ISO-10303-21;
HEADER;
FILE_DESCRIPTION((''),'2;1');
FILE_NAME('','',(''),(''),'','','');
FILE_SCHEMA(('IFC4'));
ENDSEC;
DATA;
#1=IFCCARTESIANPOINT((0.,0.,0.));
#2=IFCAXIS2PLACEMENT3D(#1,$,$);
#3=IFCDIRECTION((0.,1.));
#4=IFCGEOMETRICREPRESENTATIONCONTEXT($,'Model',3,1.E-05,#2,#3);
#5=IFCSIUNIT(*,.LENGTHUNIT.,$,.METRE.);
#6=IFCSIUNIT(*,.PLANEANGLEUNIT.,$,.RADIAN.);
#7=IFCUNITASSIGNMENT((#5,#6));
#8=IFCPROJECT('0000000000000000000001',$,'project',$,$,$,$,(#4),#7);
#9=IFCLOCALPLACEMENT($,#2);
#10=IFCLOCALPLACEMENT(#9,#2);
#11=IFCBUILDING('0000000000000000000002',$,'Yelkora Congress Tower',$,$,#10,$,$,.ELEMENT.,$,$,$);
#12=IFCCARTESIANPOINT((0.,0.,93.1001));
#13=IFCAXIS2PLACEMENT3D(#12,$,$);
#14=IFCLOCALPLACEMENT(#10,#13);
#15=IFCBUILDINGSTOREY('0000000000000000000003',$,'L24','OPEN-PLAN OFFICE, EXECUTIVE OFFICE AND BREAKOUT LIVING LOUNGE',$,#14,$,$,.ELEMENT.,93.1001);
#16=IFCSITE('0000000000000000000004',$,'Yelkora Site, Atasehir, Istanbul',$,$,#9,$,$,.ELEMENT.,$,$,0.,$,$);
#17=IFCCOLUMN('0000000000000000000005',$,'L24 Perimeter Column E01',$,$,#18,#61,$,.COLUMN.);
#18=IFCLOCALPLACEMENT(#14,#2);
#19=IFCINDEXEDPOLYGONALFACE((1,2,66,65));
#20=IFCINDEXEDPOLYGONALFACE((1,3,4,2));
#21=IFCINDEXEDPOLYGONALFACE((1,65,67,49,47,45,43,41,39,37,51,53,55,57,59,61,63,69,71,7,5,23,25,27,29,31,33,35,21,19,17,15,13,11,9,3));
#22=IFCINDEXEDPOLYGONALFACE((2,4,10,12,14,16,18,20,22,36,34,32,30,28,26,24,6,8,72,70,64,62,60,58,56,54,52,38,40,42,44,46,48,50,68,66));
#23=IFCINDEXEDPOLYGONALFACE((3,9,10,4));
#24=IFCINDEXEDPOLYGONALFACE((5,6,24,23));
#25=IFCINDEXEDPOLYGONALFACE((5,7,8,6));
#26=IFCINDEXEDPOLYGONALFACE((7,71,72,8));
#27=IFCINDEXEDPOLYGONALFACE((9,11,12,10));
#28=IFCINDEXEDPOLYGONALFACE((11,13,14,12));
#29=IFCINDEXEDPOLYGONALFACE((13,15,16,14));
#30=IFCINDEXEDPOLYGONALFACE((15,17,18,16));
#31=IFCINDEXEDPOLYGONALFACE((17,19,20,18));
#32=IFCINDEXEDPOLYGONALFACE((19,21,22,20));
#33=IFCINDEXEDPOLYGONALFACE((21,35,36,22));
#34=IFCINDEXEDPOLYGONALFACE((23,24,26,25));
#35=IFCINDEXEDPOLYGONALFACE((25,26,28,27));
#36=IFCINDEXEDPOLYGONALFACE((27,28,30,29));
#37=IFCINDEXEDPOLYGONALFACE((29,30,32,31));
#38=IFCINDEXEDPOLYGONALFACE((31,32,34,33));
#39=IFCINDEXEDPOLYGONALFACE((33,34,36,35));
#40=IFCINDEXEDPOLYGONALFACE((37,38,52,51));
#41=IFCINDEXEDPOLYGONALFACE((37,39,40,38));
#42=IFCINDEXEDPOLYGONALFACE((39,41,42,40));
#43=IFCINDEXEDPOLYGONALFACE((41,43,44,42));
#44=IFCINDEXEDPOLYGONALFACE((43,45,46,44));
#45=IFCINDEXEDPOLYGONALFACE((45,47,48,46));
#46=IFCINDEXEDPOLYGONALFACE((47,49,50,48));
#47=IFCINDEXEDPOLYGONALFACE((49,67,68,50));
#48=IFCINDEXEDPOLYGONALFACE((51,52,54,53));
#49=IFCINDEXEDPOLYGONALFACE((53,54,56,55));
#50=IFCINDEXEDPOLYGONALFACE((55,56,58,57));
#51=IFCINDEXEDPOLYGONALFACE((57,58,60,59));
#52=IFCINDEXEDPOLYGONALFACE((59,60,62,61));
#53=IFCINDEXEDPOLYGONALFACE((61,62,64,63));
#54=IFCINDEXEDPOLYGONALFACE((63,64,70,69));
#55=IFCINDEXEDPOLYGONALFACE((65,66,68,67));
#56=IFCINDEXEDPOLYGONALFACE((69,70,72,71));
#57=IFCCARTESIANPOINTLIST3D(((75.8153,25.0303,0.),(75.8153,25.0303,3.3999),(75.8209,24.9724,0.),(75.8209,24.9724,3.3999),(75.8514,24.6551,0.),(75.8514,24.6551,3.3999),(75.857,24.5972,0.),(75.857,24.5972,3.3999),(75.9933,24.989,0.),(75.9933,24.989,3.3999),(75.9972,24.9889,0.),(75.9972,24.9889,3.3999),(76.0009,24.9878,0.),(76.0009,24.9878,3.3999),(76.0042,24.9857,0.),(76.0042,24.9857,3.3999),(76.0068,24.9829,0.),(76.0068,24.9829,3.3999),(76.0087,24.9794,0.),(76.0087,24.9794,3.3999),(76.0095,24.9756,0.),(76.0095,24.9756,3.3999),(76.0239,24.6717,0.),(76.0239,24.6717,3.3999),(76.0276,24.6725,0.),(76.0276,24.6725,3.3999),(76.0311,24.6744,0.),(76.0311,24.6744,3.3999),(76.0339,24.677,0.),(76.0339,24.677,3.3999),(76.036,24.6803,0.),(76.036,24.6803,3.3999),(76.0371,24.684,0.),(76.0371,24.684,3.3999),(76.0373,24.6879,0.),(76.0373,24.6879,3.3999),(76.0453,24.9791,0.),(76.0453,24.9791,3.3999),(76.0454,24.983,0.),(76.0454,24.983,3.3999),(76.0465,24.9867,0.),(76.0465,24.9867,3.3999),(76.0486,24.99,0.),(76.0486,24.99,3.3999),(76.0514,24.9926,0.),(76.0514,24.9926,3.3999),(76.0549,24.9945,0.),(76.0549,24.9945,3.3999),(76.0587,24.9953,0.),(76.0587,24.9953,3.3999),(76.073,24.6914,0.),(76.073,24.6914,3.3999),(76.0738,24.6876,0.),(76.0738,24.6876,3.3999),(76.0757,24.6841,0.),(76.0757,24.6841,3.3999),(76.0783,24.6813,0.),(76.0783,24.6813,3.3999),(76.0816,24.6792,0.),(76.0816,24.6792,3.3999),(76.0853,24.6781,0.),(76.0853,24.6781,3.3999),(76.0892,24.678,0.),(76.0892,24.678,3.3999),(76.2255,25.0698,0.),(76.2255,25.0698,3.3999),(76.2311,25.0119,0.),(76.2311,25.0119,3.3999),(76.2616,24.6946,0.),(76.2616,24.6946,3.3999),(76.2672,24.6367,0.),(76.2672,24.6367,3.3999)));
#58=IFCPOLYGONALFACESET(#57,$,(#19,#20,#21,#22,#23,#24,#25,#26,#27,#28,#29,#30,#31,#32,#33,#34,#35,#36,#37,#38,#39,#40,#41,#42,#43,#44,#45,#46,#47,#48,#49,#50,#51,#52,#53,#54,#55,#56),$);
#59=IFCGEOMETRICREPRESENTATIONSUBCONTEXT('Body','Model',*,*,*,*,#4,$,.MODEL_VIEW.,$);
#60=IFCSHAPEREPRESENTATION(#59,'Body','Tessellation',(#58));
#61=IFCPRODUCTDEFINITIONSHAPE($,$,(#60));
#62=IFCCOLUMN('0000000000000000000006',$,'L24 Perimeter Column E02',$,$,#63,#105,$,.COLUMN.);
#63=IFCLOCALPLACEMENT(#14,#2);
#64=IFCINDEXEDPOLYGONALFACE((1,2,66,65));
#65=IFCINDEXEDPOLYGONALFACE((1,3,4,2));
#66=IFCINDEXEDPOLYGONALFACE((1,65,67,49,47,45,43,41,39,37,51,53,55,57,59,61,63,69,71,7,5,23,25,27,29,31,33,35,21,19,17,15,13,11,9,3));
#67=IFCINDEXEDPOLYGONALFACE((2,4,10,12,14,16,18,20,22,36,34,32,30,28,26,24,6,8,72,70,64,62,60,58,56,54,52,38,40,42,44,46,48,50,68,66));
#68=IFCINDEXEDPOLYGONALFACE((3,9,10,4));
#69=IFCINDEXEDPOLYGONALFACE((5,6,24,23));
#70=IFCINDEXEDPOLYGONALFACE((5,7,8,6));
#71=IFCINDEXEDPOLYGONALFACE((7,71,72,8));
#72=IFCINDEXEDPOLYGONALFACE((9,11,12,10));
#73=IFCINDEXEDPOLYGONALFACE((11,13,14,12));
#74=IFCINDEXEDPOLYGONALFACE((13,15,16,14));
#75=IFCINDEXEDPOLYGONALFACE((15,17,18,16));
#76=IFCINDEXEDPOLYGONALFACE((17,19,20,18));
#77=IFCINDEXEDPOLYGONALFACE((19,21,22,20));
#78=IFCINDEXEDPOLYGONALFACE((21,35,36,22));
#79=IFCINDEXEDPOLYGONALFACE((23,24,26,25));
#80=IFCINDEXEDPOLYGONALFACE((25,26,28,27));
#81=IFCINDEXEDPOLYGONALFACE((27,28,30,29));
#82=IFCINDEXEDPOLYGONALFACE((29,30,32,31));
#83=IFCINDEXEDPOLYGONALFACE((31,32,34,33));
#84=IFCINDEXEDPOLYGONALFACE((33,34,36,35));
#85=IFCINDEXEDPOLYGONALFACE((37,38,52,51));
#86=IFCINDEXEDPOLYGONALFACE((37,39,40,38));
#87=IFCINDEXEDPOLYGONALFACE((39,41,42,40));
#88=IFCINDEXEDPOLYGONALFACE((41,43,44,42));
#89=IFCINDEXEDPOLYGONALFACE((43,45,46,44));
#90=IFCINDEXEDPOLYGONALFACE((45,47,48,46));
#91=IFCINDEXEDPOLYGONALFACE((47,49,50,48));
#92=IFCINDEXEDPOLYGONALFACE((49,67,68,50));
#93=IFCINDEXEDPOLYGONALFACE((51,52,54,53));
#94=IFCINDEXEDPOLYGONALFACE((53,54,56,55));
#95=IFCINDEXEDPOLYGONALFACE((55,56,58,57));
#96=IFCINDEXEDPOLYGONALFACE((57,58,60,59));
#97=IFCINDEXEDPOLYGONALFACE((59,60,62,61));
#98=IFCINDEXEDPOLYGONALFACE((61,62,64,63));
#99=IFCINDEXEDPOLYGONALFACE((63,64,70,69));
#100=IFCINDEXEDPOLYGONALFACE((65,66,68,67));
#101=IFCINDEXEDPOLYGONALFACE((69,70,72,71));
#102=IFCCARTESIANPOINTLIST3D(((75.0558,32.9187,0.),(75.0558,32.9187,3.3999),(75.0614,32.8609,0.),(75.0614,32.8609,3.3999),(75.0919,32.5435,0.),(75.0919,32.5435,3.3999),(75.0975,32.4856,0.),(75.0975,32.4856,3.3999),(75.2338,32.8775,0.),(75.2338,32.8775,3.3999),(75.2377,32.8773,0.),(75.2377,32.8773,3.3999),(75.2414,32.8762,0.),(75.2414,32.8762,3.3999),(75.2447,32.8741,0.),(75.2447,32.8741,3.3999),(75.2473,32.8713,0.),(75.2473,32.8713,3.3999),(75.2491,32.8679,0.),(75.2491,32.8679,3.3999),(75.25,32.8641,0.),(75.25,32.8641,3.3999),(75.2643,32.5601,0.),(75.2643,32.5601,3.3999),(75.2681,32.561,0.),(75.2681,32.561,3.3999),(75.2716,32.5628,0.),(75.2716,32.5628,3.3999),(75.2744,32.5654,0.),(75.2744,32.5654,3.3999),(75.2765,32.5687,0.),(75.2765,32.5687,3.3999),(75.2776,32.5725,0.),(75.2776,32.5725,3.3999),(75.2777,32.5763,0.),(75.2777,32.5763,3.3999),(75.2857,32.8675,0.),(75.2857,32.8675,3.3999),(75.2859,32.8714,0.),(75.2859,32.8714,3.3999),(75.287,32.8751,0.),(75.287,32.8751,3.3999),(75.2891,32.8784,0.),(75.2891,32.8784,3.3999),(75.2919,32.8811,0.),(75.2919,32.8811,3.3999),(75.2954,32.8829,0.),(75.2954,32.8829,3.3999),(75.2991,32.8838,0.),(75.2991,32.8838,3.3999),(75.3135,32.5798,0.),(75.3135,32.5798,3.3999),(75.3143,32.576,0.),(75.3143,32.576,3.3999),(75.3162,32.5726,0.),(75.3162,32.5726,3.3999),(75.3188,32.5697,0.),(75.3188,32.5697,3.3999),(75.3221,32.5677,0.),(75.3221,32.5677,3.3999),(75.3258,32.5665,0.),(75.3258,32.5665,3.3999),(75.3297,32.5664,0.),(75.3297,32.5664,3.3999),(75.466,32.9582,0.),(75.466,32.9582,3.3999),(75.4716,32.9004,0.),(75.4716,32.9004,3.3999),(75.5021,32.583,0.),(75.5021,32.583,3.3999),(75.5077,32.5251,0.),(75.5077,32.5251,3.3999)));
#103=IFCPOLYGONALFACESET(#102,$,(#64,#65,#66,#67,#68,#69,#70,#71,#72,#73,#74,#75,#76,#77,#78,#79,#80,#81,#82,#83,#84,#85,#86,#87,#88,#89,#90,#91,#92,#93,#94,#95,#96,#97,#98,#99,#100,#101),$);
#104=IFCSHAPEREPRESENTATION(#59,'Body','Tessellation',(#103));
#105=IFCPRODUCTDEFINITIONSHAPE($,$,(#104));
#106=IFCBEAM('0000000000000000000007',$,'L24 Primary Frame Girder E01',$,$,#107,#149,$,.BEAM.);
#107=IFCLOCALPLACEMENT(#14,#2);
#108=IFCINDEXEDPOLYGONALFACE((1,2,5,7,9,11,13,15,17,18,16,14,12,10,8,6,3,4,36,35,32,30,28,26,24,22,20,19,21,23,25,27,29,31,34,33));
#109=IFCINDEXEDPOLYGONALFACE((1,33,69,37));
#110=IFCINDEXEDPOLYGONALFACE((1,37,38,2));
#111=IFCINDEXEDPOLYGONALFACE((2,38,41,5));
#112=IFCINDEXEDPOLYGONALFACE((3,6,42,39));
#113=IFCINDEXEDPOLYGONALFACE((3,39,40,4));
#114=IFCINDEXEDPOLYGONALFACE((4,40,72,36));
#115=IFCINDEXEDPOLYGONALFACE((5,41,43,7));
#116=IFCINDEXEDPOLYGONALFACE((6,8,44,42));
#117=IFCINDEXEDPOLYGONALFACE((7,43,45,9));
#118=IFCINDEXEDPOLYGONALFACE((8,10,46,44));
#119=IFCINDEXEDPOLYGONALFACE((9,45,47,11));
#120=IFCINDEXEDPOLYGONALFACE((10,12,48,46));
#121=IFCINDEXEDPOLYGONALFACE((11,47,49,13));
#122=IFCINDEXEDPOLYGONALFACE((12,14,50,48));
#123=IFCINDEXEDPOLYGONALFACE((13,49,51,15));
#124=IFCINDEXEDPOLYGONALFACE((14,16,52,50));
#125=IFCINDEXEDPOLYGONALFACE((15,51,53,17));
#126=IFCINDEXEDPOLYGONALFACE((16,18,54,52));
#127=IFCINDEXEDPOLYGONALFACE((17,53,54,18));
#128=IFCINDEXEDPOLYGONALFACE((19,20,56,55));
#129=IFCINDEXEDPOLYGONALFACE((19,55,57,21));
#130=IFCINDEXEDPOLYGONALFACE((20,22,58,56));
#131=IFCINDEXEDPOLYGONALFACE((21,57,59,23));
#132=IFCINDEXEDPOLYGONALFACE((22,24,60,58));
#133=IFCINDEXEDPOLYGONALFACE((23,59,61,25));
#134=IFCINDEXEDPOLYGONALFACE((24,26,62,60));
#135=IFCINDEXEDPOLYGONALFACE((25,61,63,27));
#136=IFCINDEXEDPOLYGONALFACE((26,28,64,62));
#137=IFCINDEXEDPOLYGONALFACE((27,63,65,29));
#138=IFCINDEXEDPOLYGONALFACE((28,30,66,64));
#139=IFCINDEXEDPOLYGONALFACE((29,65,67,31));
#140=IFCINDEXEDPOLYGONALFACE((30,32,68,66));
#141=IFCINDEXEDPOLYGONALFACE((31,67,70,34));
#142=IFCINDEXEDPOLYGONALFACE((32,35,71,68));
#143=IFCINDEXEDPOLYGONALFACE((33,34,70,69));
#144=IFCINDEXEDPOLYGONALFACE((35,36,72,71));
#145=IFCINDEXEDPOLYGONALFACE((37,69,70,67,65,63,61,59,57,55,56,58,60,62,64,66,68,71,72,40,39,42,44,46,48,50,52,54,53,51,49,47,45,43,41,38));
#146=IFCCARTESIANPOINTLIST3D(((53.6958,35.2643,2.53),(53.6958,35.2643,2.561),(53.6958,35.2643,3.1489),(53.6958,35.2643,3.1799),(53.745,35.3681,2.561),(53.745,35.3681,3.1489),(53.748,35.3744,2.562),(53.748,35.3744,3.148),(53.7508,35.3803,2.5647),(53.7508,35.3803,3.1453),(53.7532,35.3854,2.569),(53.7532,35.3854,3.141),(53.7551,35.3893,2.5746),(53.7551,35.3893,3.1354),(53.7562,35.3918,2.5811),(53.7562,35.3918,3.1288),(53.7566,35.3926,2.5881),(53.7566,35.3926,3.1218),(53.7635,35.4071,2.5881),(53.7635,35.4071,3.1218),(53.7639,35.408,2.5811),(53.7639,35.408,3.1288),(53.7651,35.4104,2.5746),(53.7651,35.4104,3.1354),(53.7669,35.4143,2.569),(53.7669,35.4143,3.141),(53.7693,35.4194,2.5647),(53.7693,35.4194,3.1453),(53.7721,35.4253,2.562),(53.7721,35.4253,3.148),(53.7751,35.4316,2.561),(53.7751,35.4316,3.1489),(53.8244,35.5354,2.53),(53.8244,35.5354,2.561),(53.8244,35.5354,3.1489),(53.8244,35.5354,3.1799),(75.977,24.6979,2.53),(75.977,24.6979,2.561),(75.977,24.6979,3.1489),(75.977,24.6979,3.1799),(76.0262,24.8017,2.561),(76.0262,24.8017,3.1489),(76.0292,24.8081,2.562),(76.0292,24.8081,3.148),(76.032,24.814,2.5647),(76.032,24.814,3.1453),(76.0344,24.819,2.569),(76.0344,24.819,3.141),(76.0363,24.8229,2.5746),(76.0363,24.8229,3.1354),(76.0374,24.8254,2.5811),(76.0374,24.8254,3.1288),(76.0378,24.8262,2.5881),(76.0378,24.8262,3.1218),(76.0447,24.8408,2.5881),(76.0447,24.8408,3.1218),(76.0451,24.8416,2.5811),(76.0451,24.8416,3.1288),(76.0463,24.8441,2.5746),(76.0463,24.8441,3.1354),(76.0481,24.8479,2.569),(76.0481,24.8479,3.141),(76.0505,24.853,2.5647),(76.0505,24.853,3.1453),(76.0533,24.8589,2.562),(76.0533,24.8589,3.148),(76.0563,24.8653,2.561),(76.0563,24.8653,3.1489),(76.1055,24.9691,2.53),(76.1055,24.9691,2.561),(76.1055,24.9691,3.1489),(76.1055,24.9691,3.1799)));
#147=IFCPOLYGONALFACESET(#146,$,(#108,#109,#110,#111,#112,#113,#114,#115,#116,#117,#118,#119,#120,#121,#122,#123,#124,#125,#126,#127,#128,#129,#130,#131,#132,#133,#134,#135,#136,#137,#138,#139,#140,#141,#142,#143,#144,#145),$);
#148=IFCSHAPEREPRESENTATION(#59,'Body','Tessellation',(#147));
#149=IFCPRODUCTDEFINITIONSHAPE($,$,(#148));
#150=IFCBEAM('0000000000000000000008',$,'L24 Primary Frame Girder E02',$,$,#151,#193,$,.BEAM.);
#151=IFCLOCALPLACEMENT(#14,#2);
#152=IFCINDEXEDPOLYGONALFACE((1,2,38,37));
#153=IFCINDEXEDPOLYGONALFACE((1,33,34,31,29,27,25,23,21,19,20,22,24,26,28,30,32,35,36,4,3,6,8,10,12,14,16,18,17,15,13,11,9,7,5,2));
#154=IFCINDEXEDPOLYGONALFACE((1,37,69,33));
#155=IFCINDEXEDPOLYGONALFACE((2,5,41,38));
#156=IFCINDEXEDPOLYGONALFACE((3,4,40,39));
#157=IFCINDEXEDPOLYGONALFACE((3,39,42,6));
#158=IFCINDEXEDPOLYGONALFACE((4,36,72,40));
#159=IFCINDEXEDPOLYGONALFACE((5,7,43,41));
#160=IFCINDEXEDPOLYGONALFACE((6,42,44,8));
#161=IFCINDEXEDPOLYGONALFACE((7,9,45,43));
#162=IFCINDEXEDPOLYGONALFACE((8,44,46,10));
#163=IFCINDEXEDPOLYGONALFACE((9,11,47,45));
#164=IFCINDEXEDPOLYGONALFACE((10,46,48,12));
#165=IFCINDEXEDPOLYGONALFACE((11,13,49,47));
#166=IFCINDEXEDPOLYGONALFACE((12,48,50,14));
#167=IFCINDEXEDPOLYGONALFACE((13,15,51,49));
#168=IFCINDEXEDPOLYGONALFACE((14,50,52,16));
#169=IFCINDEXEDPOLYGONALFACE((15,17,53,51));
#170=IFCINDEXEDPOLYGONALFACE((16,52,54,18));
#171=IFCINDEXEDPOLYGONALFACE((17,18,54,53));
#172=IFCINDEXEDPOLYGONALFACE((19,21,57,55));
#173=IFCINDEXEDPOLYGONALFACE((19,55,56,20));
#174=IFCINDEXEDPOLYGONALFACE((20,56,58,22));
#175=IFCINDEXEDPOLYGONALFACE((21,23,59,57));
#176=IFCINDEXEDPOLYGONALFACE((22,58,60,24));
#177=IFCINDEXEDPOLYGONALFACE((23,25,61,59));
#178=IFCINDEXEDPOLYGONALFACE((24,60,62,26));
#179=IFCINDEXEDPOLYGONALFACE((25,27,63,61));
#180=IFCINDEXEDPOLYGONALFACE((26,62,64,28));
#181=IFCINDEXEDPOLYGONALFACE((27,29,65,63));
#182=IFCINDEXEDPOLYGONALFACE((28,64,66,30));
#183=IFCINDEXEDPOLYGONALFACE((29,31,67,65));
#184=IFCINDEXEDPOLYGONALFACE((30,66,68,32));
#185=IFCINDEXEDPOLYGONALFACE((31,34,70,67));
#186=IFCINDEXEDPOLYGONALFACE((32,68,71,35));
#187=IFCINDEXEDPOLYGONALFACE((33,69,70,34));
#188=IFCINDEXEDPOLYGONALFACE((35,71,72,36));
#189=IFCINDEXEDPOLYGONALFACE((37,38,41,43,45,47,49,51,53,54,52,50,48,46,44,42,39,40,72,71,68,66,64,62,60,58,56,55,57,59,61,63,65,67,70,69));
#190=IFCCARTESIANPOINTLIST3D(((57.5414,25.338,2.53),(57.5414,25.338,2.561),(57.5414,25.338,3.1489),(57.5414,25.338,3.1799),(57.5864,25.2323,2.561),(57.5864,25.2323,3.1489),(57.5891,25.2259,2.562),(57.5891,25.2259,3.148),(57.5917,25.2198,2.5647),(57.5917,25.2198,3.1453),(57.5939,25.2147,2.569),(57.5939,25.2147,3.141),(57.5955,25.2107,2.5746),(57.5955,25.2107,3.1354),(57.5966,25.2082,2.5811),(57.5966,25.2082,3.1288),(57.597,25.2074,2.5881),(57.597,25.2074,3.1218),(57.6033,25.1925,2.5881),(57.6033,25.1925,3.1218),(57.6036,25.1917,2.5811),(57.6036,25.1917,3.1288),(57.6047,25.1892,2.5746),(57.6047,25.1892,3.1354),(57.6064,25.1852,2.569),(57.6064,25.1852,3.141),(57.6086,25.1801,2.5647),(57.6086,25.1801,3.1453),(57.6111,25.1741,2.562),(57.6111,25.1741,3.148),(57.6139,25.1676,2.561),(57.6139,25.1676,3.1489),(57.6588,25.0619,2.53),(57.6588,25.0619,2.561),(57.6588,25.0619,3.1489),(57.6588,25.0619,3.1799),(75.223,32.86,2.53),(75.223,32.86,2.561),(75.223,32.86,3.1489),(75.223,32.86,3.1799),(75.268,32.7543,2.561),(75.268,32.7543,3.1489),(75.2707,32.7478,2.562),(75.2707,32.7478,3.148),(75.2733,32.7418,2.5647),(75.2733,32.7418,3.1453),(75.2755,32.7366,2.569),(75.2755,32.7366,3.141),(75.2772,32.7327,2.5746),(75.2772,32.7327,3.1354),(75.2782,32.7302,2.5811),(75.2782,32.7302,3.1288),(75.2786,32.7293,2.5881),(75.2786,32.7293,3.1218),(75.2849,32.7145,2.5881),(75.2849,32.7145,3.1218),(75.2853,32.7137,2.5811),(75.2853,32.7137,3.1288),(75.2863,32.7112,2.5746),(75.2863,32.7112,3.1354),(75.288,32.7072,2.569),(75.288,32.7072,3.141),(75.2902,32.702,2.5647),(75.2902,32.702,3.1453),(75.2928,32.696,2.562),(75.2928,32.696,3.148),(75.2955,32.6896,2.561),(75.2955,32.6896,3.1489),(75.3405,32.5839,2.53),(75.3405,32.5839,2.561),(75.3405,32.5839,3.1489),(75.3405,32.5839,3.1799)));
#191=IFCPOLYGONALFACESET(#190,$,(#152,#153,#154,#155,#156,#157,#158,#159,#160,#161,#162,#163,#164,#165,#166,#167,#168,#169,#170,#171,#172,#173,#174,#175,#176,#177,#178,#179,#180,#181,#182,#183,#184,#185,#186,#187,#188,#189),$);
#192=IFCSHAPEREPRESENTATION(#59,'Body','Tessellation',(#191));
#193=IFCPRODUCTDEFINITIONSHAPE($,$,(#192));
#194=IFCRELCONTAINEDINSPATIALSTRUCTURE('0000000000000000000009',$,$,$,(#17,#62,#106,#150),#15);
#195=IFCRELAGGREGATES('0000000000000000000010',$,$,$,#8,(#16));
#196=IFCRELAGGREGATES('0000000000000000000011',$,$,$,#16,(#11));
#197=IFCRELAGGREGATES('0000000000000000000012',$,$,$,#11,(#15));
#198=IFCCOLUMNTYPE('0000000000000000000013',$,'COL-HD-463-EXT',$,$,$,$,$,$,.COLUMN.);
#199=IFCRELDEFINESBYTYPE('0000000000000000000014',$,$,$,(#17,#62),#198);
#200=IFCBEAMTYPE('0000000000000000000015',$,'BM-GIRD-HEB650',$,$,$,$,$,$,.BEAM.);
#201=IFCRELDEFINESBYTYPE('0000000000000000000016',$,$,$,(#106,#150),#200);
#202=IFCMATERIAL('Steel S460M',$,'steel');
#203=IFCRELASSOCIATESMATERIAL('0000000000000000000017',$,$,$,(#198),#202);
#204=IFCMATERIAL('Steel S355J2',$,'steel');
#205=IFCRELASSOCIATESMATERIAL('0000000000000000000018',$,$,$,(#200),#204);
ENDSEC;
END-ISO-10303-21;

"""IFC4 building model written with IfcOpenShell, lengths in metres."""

from ifc_helpers import new_model, si_unit, direction, frame, origin, origin_2d, place, context, subcontext, project, spatial, i_section, extrude, material, material_profile, profile_set, type_object, element, save


model = new_model("IFC4")

# Units and contexts
model_context = context("Model", 3, precision=1e-05, world=origin(), true_north=direction((0.0, 1.0)))
body_context = subcontext(model_context, "Body", "Model", "MODEL_VIEW")
ifc_project = project(units=[si_unit("LENGTHUNIT", "METRE"), si_unit("PLANEANGLEUNIT", "RADIAN")], contexts=[model_context])

# Site, building, storey
site_placement = place(None, origin())
site = spatial("IfcSite", under=ifc_project, at=site_placement, Name="Yelkora Site, Atasehir, Istanbul", CompositionType="ELEMENT", RefElevation=0.0)
building_placement = place(site_placement, origin())
building = spatial("IfcBuilding", under=site, at=building_placement, Name="Yelkora Congress Tower", CompositionType="ELEMENT")
storey_placement = place(building_placement, frame((0.0, 0.0, 93.1001)))
storey = spatial("IfcBuildingStorey", under=building, at=storey_placement, Name="L24", Description="OPEN-PLAN OFFICE, EXECUTIVE OFFICE AND BREAKOUT LIVING LOUNGE", CompositionType="ELEMENT", Elevation=93.1001)

# Columns
ifc_material_1 = material(Name="Steel S460M", Category="steel")
ifc_material_profile_1 = material_profile(ifc_material_1, i_section(OverallWidth=0.4121, OverallDepth=0.4351, WebThickness=0.0359, FlangeThickness=0.0581, FilletRadius=0.0149, at=origin_2d()), Name="HD 400x463")
ifc_profile_set_1 = profile_set([ifc_material_profile_1], Name="Steel S460M")
column_type = type_object("IfcColumnType", Name="COL-HD-463-EXT", PredefinedType="COLUMN", material=ifc_profile_set_1)
for number, where, z_axis, x_axis, name in (
    (1, (76.0413, 24.8335, 0.0), (0.0, 0.0, 1.0), (0.995396, 0.095846, 0.0), "L24 Perimeter Column E01"),
    (2, (75.2817, 32.7219, 0.0), (0.0, 0.0, 1.0), (0.995396, 0.095846, 0.0), "L24 Perimeter Column E02"),
):
    element("IfcColumn", number, at=place(storey_placement, frame(where, z_axis=z_axis, x_axis=x_axis)), inside=storey, type_object=column_type, Name=name, PredefinedType="COLUMN", context=body_context, shape_type="SweptSolid", body=[
        extrude(i_section(OverallWidth=0.4121, OverallDepth=0.4351, WebThickness=0.0359, FlangeThickness=0.0581, FilletRadius=0.0149, at=origin_2d()), origin(), (0.0, 0.0, 1.0), 3.3999),
    ])

# Beams
ifc_material_2 = material(Name="Steel S355J2", Category="steel")
ifc_material_profile_2 = material_profile(ifc_material_2, i_section(OverallWidth=0.3, OverallDepth=0.6499, WebThickness=0.0161, FlangeThickness=0.031, FilletRadius=0.0271, at=origin_2d()), Name="HEB 650")
ifc_profile_set_2 = profile_set([ifc_material_profile_2], Name="Steel S355J2")
beam_type_1 = type_object("IfcBeamType", Name="BM-GIRD-HEB650", PredefinedType="BEAM", material=ifc_profile_set_2)
beam_1_placement = place(storey_placement, frame((76.0413, 24.8335, 2.855), z_axis=(-0.903547, 0.428488, 0.0), x_axis=(-0.428488, -0.903547, 0.0)))
element("IfcBeam", 3, at=beam_1_placement, inside=storey, type_object=beam_type_1, Name="L24 Primary Frame Girder E01", PredefinedType="BEAM", context=body_context, shape_type="SweptSolid", body=[
    extrude(i_section(OverallWidth=0.3, OverallDepth=0.6499, WebThickness=0.0161, FlangeThickness=0.031, FilletRadius=0.0271, at=origin_2d()), origin(), (0.0, 0.0, 1.0), 24.6597),
])
beam_2_placement = place(storey_placement, frame((75.2817, 32.7219, 2.855), z_axis=(-0.920195, -0.391461, 0.0), x_axis=(0.391461, -0.920195, 0.0)))
element("IfcBeam", 4, at=beam_2_placement, inside=storey, type_object=beam_type_1, Name="L24 Primary Frame Girder E02", PredefinedType="BEAM", context=body_context, shape_type="SweptSolid", body=[
    extrude(i_section(OverallWidth=0.3, OverallDepth=0.6499, WebThickness=0.0161, FlangeThickness=0.031, FilletRadius=0.0271, at=origin_2d()), origin(), (0.0, 0.0, 1.0), 19.2151),
])

save(model, "model.ifc")
